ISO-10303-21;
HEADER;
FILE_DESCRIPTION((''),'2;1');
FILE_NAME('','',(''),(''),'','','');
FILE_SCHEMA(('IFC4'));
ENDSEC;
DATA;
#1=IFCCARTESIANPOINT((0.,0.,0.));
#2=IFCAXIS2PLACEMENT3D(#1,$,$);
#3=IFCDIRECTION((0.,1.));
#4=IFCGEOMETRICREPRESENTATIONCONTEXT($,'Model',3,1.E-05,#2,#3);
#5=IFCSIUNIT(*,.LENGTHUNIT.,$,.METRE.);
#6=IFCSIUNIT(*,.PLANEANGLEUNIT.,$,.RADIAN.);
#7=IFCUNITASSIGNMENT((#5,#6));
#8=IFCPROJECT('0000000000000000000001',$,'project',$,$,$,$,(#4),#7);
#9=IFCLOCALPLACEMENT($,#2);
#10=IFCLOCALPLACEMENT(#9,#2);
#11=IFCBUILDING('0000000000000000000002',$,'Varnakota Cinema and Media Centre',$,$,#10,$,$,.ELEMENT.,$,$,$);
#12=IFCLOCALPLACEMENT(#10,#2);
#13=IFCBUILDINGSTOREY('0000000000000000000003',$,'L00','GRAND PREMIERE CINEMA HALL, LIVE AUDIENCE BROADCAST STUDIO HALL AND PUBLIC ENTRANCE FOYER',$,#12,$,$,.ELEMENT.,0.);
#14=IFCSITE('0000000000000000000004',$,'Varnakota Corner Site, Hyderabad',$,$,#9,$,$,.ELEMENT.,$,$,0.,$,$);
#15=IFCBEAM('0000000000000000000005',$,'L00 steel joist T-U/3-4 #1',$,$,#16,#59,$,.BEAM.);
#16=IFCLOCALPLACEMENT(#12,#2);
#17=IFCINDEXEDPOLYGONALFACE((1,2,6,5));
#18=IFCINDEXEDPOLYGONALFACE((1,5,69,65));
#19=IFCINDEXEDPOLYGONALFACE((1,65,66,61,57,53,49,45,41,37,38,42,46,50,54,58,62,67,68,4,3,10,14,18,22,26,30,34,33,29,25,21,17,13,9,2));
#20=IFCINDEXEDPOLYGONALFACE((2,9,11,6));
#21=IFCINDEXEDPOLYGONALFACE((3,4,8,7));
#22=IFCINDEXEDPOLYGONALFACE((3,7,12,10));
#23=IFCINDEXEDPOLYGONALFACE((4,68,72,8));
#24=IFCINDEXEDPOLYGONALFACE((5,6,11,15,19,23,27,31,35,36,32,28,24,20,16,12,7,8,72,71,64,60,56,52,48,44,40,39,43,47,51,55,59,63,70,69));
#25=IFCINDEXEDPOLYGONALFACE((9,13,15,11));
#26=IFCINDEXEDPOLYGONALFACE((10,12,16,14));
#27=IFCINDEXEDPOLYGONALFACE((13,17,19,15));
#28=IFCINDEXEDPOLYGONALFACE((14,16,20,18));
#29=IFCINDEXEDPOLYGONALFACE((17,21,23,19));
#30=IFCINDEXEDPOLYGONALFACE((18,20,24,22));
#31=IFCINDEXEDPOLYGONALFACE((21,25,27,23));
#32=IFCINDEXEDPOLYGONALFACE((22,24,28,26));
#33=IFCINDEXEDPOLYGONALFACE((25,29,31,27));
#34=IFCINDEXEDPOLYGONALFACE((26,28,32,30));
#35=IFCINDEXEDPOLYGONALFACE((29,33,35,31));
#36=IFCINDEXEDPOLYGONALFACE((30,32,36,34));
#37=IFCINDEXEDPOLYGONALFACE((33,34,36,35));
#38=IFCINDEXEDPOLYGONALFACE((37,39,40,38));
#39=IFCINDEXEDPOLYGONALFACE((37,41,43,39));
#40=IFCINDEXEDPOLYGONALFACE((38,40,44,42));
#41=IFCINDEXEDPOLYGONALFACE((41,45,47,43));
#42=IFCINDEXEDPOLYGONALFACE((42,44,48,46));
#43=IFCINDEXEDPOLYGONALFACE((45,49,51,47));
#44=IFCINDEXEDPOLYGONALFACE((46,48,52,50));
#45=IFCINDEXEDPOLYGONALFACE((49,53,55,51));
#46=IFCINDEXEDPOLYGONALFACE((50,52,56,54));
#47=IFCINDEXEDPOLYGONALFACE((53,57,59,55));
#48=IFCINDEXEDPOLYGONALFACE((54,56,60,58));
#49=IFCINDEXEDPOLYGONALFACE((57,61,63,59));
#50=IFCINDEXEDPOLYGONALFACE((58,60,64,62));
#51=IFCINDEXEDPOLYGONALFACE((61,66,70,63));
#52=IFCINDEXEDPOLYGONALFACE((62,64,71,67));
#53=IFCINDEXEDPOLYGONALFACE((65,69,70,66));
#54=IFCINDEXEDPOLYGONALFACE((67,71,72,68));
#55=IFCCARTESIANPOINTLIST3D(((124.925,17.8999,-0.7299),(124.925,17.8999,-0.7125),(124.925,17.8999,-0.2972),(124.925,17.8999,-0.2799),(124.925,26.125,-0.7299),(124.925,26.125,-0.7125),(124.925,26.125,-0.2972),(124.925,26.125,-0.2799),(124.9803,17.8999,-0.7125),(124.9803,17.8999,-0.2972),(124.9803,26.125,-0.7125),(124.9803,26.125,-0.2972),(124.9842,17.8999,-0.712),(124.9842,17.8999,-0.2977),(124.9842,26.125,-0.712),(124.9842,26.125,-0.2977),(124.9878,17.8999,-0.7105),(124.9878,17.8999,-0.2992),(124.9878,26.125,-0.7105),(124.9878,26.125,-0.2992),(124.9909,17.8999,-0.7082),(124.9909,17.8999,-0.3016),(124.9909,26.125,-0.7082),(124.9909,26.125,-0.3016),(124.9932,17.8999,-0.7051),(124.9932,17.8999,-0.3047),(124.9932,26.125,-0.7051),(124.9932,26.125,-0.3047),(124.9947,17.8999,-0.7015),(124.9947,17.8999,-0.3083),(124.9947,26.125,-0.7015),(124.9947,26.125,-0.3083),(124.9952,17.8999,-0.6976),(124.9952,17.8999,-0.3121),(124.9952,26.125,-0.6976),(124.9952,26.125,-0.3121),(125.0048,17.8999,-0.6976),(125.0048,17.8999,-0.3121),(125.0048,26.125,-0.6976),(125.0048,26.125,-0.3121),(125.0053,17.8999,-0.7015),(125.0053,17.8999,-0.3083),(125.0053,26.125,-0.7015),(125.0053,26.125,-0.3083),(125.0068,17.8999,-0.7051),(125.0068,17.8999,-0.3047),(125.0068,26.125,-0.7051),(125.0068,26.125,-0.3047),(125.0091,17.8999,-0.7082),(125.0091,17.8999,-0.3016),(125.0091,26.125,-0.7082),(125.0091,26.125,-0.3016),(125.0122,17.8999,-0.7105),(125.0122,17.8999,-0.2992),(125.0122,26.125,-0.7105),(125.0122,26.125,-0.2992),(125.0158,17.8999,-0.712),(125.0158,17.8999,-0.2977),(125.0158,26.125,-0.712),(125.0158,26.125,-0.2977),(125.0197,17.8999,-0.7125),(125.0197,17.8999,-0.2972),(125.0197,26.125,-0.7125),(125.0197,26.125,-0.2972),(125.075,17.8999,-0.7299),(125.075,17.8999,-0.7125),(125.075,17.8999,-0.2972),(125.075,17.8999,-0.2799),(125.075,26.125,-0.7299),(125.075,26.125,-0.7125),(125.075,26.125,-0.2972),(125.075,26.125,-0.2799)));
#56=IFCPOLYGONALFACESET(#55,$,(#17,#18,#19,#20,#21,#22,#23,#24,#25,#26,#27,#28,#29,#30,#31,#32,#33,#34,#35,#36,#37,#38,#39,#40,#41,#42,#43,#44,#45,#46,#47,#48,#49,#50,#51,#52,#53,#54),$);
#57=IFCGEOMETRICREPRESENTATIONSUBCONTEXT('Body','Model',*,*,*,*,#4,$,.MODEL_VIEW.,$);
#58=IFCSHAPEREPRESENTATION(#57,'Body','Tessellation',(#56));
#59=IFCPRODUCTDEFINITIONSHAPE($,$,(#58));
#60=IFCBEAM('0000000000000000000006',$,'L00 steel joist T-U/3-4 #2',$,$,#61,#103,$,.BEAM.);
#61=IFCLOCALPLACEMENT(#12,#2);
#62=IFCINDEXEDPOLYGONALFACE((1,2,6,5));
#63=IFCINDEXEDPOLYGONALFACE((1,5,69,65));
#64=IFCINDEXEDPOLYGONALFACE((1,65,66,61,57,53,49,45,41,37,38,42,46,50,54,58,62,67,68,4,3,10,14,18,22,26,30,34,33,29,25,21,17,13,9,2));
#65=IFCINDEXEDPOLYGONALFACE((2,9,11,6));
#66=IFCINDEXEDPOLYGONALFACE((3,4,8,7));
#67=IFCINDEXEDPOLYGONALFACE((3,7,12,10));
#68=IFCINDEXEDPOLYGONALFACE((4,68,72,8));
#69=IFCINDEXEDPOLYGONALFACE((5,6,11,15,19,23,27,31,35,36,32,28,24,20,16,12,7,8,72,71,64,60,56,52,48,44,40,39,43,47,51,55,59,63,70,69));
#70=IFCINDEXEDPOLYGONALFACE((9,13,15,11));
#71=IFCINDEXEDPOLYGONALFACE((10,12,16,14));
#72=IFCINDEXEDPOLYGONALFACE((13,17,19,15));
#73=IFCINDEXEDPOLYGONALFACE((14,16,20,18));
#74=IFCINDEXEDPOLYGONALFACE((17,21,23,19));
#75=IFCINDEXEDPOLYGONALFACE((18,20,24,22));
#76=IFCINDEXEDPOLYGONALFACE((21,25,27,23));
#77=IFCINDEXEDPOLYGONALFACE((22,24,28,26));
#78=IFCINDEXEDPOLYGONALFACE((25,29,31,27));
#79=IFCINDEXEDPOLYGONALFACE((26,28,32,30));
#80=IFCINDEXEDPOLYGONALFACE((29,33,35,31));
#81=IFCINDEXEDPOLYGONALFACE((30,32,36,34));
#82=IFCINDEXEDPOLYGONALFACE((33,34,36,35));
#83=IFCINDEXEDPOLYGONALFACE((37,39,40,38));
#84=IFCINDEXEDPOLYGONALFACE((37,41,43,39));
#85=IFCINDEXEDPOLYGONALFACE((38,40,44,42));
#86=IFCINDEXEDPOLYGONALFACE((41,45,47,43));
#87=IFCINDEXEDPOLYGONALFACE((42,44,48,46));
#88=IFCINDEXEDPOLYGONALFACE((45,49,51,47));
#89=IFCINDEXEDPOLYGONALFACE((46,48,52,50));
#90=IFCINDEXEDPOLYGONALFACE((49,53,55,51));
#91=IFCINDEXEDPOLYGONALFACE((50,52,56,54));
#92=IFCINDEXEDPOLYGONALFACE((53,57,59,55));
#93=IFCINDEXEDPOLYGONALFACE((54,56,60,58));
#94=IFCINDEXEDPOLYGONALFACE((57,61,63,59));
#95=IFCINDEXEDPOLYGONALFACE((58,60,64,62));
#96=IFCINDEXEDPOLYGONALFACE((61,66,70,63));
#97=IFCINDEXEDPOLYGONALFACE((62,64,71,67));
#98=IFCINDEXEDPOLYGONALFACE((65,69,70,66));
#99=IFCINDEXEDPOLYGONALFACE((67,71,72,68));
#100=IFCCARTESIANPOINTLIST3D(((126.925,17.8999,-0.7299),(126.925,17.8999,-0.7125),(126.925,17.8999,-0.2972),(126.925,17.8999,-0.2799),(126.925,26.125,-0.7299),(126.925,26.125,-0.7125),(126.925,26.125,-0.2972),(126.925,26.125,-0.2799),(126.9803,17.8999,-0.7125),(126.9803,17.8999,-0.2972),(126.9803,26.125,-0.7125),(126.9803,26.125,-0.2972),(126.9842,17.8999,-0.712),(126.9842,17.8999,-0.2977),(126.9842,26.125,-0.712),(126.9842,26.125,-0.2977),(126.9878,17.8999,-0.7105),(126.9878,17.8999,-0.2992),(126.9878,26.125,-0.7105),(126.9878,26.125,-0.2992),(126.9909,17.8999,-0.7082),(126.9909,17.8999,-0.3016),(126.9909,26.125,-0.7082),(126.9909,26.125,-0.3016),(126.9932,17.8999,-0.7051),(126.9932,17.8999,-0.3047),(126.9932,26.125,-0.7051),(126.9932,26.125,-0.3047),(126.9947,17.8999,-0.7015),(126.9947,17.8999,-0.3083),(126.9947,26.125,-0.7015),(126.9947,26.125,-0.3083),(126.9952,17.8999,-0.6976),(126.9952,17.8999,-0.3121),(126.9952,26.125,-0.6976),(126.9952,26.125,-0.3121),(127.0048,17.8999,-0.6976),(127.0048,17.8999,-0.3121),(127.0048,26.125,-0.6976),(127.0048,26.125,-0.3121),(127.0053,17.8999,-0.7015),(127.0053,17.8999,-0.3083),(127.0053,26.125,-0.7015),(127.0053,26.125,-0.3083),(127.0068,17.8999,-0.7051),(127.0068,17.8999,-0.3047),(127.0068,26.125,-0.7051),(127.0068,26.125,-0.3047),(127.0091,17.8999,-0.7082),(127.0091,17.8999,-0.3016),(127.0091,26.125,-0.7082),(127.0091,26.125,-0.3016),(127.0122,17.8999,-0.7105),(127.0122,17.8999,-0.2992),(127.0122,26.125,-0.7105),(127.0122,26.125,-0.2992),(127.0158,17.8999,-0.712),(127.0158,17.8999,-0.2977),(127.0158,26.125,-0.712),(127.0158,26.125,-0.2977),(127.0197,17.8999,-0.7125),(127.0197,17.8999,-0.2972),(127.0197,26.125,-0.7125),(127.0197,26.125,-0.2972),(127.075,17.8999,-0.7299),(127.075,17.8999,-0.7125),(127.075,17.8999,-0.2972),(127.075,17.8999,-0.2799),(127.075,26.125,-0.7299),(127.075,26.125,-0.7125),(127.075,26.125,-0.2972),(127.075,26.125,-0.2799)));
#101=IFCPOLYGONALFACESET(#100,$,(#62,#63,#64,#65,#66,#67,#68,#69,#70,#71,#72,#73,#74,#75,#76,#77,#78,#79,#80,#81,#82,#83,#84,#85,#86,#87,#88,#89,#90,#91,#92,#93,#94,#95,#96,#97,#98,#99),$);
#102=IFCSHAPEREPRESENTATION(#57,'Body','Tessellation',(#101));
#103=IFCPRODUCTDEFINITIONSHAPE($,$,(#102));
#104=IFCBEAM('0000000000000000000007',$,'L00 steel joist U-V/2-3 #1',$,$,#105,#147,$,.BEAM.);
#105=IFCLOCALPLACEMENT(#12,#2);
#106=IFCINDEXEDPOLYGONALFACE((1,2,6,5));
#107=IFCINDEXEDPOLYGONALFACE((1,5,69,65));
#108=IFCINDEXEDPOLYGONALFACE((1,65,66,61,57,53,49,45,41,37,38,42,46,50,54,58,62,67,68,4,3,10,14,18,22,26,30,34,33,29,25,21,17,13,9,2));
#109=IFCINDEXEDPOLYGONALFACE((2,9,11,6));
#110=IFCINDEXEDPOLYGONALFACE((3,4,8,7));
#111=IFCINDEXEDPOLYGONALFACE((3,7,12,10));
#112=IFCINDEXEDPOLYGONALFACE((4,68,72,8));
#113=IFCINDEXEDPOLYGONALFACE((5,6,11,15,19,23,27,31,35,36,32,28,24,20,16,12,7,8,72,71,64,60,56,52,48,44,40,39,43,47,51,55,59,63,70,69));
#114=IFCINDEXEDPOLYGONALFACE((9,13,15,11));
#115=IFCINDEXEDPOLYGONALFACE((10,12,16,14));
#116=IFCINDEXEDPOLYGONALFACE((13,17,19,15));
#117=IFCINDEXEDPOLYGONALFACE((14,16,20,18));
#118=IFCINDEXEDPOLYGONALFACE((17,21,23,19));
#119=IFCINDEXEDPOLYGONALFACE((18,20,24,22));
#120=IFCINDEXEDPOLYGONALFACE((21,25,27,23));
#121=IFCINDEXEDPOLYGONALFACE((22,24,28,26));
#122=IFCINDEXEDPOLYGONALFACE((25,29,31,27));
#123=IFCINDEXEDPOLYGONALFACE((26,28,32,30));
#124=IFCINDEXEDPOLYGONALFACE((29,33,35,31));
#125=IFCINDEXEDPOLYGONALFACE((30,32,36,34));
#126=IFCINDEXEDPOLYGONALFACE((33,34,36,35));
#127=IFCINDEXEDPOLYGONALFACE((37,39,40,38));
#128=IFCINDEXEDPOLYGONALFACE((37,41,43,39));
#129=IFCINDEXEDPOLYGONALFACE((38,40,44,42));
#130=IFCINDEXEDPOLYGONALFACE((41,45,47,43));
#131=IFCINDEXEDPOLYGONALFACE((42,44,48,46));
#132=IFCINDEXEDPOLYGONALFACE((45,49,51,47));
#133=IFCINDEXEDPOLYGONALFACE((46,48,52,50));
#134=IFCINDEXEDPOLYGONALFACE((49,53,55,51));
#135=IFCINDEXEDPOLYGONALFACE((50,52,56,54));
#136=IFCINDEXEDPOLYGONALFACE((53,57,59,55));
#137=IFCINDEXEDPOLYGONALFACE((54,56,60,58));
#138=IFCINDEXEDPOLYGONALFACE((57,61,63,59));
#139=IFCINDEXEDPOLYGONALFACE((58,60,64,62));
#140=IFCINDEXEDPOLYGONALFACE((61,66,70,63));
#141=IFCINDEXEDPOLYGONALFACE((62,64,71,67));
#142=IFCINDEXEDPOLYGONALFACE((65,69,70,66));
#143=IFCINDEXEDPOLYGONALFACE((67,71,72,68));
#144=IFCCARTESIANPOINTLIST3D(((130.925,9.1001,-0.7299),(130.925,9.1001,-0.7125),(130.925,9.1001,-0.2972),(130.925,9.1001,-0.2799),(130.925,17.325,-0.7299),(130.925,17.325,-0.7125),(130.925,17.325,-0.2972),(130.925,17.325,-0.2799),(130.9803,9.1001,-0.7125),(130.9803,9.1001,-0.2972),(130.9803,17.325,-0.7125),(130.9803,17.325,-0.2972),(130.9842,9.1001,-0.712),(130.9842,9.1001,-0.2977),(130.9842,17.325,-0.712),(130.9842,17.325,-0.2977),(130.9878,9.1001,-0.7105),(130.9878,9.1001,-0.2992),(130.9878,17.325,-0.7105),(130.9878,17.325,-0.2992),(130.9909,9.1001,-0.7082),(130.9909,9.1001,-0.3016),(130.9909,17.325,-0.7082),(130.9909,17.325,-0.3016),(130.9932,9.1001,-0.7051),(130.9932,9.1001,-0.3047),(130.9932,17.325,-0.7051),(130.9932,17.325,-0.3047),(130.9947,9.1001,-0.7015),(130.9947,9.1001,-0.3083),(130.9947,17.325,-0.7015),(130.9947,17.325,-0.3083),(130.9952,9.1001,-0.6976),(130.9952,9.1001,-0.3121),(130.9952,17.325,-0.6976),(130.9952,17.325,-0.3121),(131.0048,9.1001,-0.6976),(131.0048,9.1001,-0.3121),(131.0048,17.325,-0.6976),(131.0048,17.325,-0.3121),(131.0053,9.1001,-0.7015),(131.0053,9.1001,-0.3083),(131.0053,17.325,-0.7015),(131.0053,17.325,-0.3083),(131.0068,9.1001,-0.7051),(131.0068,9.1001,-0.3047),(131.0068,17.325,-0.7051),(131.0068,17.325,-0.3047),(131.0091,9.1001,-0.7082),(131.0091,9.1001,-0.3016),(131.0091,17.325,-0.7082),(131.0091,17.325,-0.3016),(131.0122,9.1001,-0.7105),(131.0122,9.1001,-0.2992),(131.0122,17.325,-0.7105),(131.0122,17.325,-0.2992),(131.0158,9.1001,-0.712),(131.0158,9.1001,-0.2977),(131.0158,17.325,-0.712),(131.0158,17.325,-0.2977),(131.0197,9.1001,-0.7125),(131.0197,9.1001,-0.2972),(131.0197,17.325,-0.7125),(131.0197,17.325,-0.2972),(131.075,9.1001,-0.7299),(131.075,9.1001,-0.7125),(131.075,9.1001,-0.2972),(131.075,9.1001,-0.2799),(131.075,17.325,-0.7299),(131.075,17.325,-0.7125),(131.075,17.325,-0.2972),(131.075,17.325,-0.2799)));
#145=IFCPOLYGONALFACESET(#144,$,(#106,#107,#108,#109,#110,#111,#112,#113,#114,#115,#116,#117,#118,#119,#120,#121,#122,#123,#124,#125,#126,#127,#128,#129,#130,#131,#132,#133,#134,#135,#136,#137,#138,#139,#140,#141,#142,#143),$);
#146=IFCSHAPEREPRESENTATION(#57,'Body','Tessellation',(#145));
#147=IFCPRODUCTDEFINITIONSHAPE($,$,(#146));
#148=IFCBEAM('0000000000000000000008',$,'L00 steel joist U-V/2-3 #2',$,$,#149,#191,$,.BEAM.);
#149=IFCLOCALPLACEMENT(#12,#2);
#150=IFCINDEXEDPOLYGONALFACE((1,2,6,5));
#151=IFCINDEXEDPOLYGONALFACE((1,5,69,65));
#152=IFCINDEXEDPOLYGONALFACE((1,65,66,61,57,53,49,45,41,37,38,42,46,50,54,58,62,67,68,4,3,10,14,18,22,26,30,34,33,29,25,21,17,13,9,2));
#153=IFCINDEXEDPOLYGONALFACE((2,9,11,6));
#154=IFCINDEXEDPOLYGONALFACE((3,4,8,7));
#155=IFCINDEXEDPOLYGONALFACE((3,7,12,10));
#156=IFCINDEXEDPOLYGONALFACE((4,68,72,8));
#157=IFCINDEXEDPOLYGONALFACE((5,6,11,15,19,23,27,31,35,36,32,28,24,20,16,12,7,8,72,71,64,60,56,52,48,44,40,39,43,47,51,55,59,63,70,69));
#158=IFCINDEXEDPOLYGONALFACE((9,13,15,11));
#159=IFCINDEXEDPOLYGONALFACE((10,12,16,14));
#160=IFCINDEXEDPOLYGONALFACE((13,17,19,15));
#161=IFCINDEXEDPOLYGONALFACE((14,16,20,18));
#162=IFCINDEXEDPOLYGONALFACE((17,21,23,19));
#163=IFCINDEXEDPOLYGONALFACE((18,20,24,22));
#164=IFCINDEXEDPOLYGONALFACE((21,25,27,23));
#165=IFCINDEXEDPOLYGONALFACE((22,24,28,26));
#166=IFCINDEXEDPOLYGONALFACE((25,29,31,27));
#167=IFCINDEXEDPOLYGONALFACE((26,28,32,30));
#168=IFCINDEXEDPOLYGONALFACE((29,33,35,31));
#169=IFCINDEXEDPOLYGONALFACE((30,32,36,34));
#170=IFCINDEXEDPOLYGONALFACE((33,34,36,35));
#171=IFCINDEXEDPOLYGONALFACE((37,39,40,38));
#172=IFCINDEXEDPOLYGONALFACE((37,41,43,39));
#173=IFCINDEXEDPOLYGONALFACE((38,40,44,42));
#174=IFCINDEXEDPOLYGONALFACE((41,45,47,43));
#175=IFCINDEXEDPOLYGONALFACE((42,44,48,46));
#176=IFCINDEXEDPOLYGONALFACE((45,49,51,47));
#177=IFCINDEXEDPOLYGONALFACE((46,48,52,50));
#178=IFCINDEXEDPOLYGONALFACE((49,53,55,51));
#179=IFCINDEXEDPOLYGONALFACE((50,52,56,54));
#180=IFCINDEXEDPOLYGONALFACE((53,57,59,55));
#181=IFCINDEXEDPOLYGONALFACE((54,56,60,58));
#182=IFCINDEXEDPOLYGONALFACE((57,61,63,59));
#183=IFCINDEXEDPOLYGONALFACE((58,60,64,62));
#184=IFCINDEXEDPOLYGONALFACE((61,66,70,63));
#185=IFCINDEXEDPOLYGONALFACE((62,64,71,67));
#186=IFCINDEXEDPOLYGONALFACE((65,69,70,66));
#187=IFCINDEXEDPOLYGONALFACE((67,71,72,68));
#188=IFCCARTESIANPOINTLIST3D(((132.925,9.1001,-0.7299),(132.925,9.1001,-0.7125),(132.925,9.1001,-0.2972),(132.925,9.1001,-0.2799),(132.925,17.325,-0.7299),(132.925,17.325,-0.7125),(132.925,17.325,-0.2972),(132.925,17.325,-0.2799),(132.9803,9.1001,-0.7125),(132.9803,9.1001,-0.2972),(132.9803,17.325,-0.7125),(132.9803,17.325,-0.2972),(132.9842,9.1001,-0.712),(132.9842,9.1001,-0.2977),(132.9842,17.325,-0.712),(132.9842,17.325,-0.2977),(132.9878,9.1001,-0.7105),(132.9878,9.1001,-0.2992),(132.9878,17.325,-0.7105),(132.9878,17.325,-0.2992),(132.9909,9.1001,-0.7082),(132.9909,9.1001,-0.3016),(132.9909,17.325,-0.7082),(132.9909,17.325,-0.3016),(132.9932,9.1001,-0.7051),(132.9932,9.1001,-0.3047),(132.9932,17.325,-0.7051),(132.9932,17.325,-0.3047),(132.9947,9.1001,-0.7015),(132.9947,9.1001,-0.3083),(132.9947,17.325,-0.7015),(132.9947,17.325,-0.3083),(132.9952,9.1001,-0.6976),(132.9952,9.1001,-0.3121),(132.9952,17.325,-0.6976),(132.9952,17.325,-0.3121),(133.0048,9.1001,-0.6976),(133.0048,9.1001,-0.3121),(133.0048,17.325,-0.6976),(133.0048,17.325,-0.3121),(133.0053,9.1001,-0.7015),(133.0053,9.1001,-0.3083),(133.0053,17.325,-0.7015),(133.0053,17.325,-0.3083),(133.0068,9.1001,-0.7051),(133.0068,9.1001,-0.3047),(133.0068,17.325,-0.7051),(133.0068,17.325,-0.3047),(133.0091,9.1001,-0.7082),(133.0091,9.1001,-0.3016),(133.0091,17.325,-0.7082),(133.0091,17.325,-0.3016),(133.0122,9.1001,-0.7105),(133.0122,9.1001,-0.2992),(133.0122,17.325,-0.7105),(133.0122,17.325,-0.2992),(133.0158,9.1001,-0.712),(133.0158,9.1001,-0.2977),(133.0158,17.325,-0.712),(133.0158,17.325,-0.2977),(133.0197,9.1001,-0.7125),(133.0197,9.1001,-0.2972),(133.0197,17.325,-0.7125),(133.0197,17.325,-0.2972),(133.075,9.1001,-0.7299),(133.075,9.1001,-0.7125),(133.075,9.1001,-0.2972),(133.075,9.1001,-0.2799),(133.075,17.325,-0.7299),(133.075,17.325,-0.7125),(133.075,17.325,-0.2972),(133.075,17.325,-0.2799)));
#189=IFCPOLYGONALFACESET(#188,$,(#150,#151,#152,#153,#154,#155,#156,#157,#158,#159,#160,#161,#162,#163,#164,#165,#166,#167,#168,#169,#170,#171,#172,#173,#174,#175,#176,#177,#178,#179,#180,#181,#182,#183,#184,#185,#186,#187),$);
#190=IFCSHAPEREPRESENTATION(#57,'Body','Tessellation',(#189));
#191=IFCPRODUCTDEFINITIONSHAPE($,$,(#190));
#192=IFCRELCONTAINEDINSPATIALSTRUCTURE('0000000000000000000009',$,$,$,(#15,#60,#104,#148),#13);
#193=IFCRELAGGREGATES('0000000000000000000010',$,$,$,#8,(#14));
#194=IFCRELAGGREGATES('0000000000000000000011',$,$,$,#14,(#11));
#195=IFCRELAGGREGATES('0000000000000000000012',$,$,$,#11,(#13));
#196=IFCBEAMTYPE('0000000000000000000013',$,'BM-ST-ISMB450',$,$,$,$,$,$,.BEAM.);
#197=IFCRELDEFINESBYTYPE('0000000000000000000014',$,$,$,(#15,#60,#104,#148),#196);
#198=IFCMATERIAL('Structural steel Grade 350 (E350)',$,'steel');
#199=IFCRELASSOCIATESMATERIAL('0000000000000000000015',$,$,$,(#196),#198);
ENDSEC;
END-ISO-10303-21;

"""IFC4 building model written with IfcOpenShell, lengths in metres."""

from ifc_helpers import new_model, si_unit, direction, frame, origin, origin_2d, place, context, subcontext, project, spatial, i_section, extrude, material, material_profile, profile_set, type_object, element, save


model = new_model("IFC4")

# Units and contexts
model_context = context("Model", 3, precision=1e-05, world=origin(), true_north=direction((0.0, 1.0)))
body_context = subcontext(model_context, "Body", "Model", "MODEL_VIEW")
ifc_project = project(units=[si_unit("LENGTHUNIT", "METRE"), si_unit("PLANEANGLEUNIT", "RADIAN")], contexts=[model_context])

# Site, building, storey
site_placement = place(None, origin())
site = spatial("IfcSite", under=ifc_project, at=site_placement, Name="Varnakota Corner Site, Hyderabad", CompositionType="ELEMENT", RefElevation=0.0)
building_placement = place(site_placement, origin())
building = spatial("IfcBuilding", under=site, at=building_placement, Name="Varnakota Cinema and Media Centre", CompositionType="ELEMENT")
storey_placement = place(building_placement, origin())
storey = spatial("IfcBuildingStorey", under=building, at=storey_placement, Name="L00", Description="GRAND PREMIERE CINEMA HALL, LIVE AUDIENCE BROADCAST STUDIO HALL AND PUBLIC ENTRANCE FOYER", CompositionType="ELEMENT", Elevation=0.0)

# Beams
ifc_material_1 = material(Name="Structural steel Grade 350 (E350)", Category="steel")
ifc_material_profile_1 = material_profile(ifc_material_1, i_section(OverallWidth=0.1499, OverallDepth=0.45, WebThickness=0.0095, FlangeThickness=0.0173, FilletRadius=0.0149, at=origin_2d()), Name="ISMB 450")
ifc_profile_set_1 = profile_set([ifc_material_profile_1], Name="Structural steel Grade 350 (E350)")
beam_type_1 = type_object("IfcBeamType", Name="BM-ST-ISMB450", PredefinedType="BEAM", material=ifc_profile_set_1)
for number, where, z_axis, x_axis, name in (
    (1, (125.0, 17.8999, -0.5049), (0.0, 1.0, 0.0), (-1.0, 0.0, 0.0), "L00 steel joist T-U/3-4 #1"),
    (2, (127.0, 17.8999, -0.5049), (0.0, 1.0, 0.0), (-1.0, 0.0, 0.0), "L00 steel joist T-U/3-4 #2"),
):
    element("IfcBeam", number, at=place(storey_placement, frame(where, z_axis=z_axis, x_axis=x_axis)), inside=storey, type_object=beam_type_1, Name=name, PredefinedType="BEAM", context=body_context, shape_type="SweptSolid", body=[
        extrude(i_section(OverallWidth=0.1499, OverallDepth=0.45, WebThickness=0.0095, FlangeThickness=0.0173, FilletRadius=0.0149, at=origin_2d()), origin(), (0.0, 0.0, 1.0), 8.2251),
    ])
for number, where, z_axis, x_axis, name in (
    (3, (131.0, 9.1001, -0.5049), (0.0, 1.0, 0.0), (-1.0, 0.0, 0.0), "L00 steel joist U-V/2-3 #1"),
    (4, (133.0, 9.1001, -0.5049), (0.0, 1.0, 0.0), (-1.0, 0.0, 0.0), "L00 steel joist U-V/2-3 #2"),
):
    element("IfcBeam", number, at=place(storey_placement, frame(where, z_axis=z_axis, x_axis=x_axis)), inside=storey, type_object=beam_type_1, Name=name, PredefinedType="BEAM", context=body_context, shape_type="SweptSolid", body=[
        extrude(i_section(OverallWidth=0.1499, OverallDepth=0.45, WebThickness=0.0095, FlangeThickness=0.0173, FilletRadius=0.0149, at=origin_2d()), origin(), (0.0, 0.0, 1.0), 8.2249),
    ])

save(model, "model.ifc")
